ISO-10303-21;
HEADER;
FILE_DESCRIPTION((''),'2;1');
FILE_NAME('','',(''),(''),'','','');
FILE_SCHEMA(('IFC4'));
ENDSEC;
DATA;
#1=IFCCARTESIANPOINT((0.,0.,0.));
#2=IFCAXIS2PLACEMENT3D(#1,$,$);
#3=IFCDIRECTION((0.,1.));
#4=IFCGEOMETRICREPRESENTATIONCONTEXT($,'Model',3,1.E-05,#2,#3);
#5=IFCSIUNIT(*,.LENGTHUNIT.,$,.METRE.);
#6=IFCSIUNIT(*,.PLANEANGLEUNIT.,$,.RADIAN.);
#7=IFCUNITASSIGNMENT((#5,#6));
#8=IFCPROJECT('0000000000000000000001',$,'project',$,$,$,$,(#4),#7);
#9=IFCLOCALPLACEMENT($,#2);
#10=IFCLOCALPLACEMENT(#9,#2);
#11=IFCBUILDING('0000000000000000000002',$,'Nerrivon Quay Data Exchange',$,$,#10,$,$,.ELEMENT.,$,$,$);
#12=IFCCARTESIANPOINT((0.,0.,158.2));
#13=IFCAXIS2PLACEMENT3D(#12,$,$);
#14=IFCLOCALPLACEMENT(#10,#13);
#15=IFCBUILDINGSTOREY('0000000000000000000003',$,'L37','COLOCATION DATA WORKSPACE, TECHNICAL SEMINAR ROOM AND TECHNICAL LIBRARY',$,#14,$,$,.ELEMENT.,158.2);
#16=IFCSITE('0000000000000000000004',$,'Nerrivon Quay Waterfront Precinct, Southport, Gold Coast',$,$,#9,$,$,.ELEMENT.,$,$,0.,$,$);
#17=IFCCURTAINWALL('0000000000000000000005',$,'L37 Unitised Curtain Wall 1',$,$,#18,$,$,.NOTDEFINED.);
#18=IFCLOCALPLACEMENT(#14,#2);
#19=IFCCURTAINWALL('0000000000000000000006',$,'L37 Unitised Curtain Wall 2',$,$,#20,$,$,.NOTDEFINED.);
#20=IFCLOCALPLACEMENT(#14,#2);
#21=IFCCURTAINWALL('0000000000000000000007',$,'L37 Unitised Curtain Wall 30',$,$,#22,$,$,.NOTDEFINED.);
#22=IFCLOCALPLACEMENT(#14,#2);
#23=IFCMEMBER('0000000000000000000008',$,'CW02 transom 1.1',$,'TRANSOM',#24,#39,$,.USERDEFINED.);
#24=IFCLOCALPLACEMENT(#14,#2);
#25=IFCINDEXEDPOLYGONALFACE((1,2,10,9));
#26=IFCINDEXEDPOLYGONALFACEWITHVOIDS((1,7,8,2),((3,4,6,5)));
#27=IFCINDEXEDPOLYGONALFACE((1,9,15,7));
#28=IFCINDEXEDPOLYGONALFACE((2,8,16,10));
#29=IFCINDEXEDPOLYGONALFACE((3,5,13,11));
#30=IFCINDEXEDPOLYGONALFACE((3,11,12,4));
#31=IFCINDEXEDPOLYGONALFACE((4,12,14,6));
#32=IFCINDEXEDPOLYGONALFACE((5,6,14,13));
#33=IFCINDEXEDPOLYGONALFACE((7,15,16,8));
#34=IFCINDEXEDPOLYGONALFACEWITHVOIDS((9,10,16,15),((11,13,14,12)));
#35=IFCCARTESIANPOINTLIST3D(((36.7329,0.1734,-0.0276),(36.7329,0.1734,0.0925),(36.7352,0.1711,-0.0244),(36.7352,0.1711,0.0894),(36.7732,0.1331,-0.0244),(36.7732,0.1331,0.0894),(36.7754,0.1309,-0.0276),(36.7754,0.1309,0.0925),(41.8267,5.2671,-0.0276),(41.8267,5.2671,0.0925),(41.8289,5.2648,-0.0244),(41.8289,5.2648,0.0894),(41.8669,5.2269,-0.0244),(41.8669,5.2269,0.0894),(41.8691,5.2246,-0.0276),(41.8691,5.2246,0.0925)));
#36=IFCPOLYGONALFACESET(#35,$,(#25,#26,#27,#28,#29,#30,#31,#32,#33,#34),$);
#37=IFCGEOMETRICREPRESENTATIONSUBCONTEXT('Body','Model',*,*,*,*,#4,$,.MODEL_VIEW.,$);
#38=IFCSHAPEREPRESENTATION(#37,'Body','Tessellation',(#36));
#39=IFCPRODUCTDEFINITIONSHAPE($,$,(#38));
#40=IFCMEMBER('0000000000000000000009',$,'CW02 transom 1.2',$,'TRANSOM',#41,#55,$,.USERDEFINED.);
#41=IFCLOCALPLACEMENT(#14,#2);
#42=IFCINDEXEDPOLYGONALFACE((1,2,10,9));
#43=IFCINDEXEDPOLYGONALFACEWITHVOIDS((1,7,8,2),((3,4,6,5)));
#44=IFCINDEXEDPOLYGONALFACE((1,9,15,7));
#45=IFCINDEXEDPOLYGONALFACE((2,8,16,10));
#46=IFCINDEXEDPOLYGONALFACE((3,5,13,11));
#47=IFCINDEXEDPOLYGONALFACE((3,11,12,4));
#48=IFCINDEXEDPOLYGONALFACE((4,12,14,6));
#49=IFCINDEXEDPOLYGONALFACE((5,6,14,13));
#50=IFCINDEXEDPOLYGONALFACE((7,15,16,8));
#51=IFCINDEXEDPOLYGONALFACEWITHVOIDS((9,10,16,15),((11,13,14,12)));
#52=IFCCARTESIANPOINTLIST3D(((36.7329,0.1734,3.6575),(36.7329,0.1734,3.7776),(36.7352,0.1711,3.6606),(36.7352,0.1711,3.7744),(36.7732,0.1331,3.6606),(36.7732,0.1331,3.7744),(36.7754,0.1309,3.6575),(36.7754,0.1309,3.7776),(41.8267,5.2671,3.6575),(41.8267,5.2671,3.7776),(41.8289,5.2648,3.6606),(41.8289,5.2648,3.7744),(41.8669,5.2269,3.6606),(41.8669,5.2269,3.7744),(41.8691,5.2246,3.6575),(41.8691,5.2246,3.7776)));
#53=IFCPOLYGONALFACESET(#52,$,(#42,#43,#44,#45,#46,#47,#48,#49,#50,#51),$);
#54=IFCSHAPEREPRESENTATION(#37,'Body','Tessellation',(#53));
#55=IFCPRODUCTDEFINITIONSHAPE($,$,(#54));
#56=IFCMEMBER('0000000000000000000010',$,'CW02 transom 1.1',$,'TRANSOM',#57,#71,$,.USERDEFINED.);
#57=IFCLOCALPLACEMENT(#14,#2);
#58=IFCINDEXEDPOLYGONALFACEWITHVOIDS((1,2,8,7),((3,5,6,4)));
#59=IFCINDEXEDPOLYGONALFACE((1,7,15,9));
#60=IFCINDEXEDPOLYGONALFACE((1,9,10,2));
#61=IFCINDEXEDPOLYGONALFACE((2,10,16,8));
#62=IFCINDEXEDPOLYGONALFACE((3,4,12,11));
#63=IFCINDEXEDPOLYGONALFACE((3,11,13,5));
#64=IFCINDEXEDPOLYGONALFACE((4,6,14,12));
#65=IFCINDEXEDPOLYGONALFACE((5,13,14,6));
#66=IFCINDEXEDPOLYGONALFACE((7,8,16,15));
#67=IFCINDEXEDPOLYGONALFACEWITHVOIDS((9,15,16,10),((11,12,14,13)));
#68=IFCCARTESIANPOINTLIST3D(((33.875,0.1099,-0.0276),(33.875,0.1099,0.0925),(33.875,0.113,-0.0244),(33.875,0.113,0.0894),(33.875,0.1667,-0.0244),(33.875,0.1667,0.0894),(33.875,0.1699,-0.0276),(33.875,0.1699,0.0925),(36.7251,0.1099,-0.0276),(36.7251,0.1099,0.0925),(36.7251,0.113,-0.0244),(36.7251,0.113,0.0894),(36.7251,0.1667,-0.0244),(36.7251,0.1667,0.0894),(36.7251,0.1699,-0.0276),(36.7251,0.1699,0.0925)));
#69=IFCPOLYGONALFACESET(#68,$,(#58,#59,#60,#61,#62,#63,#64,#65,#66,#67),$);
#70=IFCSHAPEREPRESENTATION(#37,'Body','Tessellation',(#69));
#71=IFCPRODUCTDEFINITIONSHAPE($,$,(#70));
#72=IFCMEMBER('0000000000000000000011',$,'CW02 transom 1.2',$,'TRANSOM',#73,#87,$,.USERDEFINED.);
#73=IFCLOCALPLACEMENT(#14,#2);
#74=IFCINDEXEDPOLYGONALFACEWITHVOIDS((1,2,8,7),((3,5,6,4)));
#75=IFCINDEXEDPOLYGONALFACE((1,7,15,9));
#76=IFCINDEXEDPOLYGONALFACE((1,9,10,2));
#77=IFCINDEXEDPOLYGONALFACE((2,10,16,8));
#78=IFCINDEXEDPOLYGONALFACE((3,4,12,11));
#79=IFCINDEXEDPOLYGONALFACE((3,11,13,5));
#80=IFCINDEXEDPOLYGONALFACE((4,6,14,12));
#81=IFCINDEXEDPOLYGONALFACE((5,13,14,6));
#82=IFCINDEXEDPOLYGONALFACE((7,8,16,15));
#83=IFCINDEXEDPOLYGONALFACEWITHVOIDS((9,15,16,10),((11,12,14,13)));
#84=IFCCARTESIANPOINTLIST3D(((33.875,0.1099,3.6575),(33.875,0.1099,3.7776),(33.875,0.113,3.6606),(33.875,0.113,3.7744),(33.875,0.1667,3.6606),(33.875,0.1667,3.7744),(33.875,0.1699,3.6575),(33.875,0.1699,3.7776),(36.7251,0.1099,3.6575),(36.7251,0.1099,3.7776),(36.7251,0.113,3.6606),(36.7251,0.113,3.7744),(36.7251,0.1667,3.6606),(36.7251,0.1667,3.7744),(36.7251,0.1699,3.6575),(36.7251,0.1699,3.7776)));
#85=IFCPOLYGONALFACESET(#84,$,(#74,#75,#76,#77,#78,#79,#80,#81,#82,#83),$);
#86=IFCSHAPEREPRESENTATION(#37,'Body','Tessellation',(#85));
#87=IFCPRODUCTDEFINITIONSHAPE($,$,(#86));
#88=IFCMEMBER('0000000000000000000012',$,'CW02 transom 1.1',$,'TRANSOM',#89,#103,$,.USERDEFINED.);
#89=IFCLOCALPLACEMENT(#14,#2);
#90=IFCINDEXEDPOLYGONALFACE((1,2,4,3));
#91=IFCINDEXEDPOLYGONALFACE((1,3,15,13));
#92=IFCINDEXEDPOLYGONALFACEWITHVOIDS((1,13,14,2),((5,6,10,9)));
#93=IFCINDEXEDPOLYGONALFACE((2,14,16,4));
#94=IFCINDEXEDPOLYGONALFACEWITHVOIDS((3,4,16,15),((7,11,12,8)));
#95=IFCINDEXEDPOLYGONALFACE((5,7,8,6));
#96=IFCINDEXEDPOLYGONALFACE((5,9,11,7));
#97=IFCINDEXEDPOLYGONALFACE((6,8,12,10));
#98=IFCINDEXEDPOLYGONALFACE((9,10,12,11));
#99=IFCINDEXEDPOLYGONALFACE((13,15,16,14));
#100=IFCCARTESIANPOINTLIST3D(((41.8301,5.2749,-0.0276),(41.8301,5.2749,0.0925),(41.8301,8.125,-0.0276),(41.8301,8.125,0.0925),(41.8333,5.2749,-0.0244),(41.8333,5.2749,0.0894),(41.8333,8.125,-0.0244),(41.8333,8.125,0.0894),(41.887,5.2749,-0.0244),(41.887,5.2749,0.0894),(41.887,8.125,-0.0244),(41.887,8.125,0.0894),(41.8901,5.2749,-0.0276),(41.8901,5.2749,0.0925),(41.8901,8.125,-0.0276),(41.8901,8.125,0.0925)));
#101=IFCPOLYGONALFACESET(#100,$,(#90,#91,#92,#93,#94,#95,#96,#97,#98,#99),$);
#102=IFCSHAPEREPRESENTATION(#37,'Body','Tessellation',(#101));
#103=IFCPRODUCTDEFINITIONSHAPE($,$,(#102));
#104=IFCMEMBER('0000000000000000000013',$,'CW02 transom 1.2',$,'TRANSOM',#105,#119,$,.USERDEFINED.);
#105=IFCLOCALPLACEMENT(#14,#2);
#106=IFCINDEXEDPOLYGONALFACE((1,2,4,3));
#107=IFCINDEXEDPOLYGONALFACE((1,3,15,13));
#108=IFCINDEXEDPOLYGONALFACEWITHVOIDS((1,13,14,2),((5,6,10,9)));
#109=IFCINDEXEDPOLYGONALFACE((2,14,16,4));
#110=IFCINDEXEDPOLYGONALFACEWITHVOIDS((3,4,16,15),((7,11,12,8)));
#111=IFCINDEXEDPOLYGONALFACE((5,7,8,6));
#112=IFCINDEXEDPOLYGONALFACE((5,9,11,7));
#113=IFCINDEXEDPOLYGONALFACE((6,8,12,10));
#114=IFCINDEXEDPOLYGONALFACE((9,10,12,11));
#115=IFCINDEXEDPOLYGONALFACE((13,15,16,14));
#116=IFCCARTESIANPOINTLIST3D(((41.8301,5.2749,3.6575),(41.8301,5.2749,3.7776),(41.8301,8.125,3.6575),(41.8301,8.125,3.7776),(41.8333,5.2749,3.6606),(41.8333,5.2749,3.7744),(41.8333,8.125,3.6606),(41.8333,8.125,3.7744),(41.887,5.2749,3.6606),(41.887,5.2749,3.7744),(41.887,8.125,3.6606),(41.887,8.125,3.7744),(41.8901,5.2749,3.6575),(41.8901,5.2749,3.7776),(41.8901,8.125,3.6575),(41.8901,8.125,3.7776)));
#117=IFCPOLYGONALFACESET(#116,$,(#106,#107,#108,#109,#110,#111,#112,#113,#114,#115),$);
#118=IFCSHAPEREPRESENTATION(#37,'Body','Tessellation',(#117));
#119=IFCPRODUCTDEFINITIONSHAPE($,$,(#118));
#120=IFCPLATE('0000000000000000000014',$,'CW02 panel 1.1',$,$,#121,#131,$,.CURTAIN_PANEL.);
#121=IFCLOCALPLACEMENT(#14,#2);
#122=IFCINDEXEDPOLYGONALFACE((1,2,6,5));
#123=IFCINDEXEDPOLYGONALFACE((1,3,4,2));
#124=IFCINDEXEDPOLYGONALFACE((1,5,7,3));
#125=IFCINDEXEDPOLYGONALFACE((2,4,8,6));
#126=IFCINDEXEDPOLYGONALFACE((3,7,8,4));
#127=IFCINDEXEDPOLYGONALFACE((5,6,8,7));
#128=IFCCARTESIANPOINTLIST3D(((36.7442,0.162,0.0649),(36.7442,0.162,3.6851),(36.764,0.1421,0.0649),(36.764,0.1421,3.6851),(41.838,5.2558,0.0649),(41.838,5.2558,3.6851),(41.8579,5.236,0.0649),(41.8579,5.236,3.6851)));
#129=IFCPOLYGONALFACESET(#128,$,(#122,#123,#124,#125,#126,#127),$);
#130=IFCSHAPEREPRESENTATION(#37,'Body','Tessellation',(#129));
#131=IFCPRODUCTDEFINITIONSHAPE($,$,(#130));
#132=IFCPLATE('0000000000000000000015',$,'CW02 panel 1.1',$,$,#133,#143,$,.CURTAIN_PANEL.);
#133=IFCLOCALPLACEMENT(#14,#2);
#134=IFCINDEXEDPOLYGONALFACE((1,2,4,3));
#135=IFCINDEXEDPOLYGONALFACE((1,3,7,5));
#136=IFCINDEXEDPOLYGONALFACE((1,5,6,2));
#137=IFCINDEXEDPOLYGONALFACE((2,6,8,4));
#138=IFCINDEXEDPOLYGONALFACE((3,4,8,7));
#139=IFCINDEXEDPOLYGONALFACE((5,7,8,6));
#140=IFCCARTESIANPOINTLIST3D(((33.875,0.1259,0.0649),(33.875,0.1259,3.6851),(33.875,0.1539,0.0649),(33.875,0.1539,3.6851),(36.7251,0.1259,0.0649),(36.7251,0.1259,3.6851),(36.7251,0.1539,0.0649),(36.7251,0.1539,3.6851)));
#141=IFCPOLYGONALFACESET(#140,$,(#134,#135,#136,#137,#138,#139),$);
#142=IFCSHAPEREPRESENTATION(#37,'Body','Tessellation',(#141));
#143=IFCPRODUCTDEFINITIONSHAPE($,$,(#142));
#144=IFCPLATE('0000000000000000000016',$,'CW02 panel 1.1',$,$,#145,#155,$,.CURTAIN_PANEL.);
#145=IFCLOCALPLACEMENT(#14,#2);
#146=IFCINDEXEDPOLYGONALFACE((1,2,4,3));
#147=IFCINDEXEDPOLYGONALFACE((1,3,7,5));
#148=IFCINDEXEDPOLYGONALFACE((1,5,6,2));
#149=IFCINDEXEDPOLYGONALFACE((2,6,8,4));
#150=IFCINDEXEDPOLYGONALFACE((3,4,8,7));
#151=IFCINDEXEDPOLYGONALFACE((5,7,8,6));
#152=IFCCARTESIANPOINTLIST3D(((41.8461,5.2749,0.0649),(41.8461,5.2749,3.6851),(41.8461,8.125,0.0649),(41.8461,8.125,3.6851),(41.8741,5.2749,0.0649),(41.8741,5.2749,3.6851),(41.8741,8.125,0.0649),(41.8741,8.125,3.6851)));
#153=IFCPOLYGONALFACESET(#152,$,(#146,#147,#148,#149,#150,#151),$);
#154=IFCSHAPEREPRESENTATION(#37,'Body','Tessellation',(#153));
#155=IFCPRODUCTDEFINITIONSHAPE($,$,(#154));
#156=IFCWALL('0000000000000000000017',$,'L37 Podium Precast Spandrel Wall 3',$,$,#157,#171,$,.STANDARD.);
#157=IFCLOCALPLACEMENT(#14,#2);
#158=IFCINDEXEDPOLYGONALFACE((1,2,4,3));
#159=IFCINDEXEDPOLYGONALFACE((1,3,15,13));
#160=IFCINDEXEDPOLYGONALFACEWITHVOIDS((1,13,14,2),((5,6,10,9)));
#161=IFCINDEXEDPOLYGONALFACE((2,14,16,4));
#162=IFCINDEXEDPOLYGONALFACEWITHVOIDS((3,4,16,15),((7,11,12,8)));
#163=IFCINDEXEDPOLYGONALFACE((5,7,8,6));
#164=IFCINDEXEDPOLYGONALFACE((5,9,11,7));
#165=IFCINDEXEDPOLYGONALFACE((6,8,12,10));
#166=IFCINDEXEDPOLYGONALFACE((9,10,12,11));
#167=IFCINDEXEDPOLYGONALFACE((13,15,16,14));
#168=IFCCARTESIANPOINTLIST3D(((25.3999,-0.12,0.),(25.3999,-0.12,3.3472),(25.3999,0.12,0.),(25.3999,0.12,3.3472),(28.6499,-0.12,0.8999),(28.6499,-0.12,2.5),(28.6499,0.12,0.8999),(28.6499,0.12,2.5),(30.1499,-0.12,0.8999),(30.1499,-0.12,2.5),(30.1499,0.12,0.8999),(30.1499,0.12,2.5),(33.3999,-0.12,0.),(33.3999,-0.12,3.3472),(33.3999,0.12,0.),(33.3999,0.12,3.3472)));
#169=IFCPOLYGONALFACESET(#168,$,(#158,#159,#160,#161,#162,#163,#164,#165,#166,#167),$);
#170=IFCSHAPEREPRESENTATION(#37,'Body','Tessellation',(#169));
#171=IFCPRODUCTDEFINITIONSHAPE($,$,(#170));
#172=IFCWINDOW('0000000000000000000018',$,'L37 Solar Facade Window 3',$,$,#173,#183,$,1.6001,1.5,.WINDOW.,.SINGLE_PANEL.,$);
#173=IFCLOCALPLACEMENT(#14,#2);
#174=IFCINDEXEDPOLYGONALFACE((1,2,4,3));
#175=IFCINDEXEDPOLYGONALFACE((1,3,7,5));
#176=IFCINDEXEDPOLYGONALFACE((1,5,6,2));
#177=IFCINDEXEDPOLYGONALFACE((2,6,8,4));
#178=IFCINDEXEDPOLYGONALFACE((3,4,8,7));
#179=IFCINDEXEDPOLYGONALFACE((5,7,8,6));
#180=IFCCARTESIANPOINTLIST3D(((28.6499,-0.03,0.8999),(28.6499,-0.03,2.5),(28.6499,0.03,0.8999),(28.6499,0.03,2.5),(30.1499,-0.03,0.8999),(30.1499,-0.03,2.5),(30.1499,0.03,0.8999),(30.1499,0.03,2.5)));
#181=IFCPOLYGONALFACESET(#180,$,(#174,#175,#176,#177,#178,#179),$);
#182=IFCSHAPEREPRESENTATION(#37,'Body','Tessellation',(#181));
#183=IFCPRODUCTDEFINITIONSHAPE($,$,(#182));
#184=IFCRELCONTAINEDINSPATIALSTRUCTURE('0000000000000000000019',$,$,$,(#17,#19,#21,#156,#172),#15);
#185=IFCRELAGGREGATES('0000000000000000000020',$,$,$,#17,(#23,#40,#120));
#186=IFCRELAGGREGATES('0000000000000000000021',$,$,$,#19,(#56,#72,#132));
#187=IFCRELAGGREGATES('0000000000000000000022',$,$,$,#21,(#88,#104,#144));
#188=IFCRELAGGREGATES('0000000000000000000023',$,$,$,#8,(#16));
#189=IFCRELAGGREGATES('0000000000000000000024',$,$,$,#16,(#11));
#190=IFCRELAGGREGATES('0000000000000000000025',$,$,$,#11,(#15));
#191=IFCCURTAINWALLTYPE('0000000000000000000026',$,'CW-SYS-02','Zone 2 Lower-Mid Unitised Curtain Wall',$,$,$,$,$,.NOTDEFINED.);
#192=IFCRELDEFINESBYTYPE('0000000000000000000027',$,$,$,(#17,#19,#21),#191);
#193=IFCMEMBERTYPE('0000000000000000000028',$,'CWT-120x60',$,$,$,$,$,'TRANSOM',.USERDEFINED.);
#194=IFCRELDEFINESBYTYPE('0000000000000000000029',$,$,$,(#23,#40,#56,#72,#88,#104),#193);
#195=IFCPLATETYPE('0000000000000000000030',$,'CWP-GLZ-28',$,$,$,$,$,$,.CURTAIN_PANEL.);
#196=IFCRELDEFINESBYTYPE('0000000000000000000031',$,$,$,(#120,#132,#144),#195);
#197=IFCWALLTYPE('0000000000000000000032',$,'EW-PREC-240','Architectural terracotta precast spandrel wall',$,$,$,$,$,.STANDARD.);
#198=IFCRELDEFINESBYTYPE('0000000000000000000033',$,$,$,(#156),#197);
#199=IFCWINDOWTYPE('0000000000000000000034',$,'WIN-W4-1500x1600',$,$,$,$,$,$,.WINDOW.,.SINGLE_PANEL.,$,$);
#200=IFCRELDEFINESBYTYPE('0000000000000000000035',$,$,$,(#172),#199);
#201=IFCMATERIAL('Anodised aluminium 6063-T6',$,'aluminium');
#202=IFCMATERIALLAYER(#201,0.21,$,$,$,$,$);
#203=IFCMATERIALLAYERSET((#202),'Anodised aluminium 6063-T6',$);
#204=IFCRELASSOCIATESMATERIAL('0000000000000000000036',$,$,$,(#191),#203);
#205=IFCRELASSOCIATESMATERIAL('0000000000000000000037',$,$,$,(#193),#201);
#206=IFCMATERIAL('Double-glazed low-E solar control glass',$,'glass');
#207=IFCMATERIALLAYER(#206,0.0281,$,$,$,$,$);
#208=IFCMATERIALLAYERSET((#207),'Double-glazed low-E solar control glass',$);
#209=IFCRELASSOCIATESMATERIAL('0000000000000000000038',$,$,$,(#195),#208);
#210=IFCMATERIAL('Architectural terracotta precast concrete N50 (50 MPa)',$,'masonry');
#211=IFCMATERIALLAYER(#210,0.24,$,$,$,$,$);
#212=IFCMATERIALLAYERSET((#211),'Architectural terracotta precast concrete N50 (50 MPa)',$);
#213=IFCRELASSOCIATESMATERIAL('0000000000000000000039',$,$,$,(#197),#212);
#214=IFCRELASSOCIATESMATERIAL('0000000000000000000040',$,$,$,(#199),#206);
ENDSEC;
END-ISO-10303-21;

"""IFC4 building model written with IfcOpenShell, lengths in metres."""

from ifc_helpers import new_model, si_unit, direction, frame, frame_2d, origin, origin_2d, place, context, subcontext, project, spatial, rectangle, hollow_rectangle, extrude, material, layer, layer_set, material_profile, profile_set, type_object, element, fill, aggregate, save


model = new_model("IFC4")

# Units and contexts
model_context = context("Model", 3, precision=1e-05, world=origin(), true_north=direction((0.0, 1.0)))
body_context = subcontext(model_context, "Body", "Model", "MODEL_VIEW")
ifc_project = project(units=[si_unit("LENGTHUNIT", "METRE"), si_unit("PLANEANGLEUNIT", "RADIAN")], contexts=[model_context])

# Site, building, storey
site_placement = place(None, origin())
site = spatial("IfcSite", under=ifc_project, at=site_placement, Name="Nerrivon Quay Waterfront Precinct, Southport, Gold Coast", CompositionType="ELEMENT", RefElevation=0.0)
building_placement = place(site_placement, origin())
building = spatial("IfcBuilding", under=site, at=building_placement, Name="Nerrivon Quay Data Exchange", CompositionType="ELEMENT")
storey_placement = place(building_placement, frame((0.0, 0.0, 158.2)))
storey = spatial("IfcBuildingStorey", under=building, at=storey_placement, Name="L37", Description="COLOCATION DATA WORKSPACE, TECHNICAL SEMINAR ROOM AND TECHNICAL LIBRARY", CompositionType="ELEMENT", Elevation=158.2)

# Curtain walls
ifc_material_1 = material(Name="Anodised aluminium 6063-T6", Category="aluminium")
ifc_layer_1 = layer(ifc_material_1, 0.21)
ifc_layer_set_1 = layer_set([ifc_layer_1], Name="Anodised aluminium 6063-T6")
curtain_wall_type = type_object("IfcCurtainWallType", Name="CW-SYS-02", Description="Zone 2 Lower-Mid Unitised Curtain Wall", PredefinedType="NOTDEFINED", material=ifc_layer_set_1)
curtain_wall_1_placement = place(storey_placement, origin())
curtain_wall_1 = element("IfcCurtainWall", 1, at=curtain_wall_1_placement, inside=storey, type_object=curtain_wall_type, Name="L37 Unitised Curtain Wall 1", PredefinedType="NOTDEFINED")
curtain_wall_2_placement = place(storey_placement, origin())
curtain_wall_2 = element("IfcCurtainWall", 2, at=curtain_wall_2_placement, inside=storey, type_object=curtain_wall_type, Name="L37 Unitised Curtain Wall 2", PredefinedType="NOTDEFINED")
curtain_wall_3_placement = place(storey_placement, origin())
curtain_wall_3 = element("IfcCurtainWall", 3, at=curtain_wall_3_placement, inside=storey, type_object=curtain_wall_type, Name="L37 Unitised Curtain Wall 30", PredefinedType="NOTDEFINED")

# Members
ifc_material_profile_1 = material_profile(ifc_material_1, hollow_rectangle(XDim=0.0601, YDim=0.1201, WallThickness=0.0032, at=origin_2d()), Name="ALU-TRAN-120x60")
ifc_profile_set_1 = profile_set([ifc_material_profile_1], Name="Anodised aluminium 6063-T6")
member_type_1 = type_object("IfcMemberType", Name="CWT-120x60", ElementType="TRANSOM", PredefinedType="USERDEFINED", material=ifc_profile_set_1)
member_1_placement = place(storey_placement, frame((41.8479, 5.2458, 0.0325), z_axis=(-0.707107, -0.707107, 0.0), x_axis=(0.707107, -0.707107, 0.0)))
member_1 = element("IfcMember", 4, at=member_1_placement, type_object=member_type_1, Name="CW02 transom 1.1", ObjectType="TRANSOM", PredefinedType="USERDEFINED", context=body_context, shape_type="SweptSolid", body=[
    extrude(hollow_rectangle(XDim=0.0601, YDim=0.1201, WallThickness=0.0032, at=origin_2d()), origin(), (0.0, 0.0, 1.0), 7.2036),
])
member_2_placement = place(storey_placement, frame((41.8479, 5.2458, 3.7175), z_axis=(-0.707107, -0.707107, 0.0), x_axis=(0.707107, -0.707107, 0.0)))
member_2 = element("IfcMember", 5, at=member_2_placement, type_object=member_type_1, Name="CW02 transom 1.2", ObjectType="TRANSOM", PredefinedType="USERDEFINED", context=body_context, shape_type="SweptSolid", body=[
    extrude(hollow_rectangle(XDim=0.0601, YDim=0.1201, WallThickness=0.0032, at=origin_2d()), origin(), (0.0, 0.0, 1.0), 7.2036),
])
member_3_placement = place(storey_placement, frame((36.7251, 0.1399, 0.0325), z_axis=(-1.0, 0.0, 0.0), x_axis=(0.0, -1.0, 0.0)))
member_3 = element("IfcMember", 6, at=member_3_placement, type_object=member_type_1, Name="CW02 transom 1.1", ObjectType="TRANSOM", PredefinedType="USERDEFINED", context=body_context, shape_type="SweptSolid", body=[
    extrude(hollow_rectangle(XDim=0.0601, YDim=0.1201, WallThickness=0.0032, at=origin_2d()), origin(), (0.0, 0.0, 1.0), 2.8501),
])
member_4_placement = place(storey_placement, frame((36.7251, 0.1399, 3.7175), z_axis=(-1.0, 0.0, 0.0), x_axis=(0.0, -1.0, 0.0)))
member_4 = element("IfcMember", 7, at=member_4_placement, type_object=member_type_1, Name="CW02 transom 1.2", ObjectType="TRANSOM", PredefinedType="USERDEFINED", context=body_context, shape_type="SweptSolid", body=[
    extrude(hollow_rectangle(XDim=0.0601, YDim=0.1201, WallThickness=0.0032, at=origin_2d()), origin(), (0.0, 0.0, 1.0), 2.8501),
])
member_5_placement = place(storey_placement, frame((41.8601, 8.125, 0.0325), z_axis=(0.0, -1.0, 0.0), x_axis=(1.0, 0.0, 0.0)))
member_5 = element("IfcMember", 8, at=member_5_placement, type_object=member_type_1, Name="CW02 transom 1.1", ObjectType="TRANSOM", PredefinedType="USERDEFINED", context=body_context, shape_type="SweptSolid", body=[
    extrude(hollow_rectangle(XDim=0.0601, YDim=0.1201, WallThickness=0.0032, at=origin_2d()), origin(), (0.0, 0.0, 1.0), 2.8501),
])
member_6_placement = place(storey_placement, frame((41.8601, 8.125, 3.7175), z_axis=(0.0, -1.0, 0.0), x_axis=(1.0, 0.0, 0.0)))
member_6 = element("IfcMember", 9, at=member_6_placement, type_object=member_type_1, Name="CW02 transom 1.2", ObjectType="TRANSOM", PredefinedType="USERDEFINED", context=body_context, shape_type="SweptSolid", body=[
    extrude(hollow_rectangle(XDim=0.0601, YDim=0.1201, WallThickness=0.0032, at=origin_2d()), origin(), (0.0, 0.0, 1.0), 2.8501),
])

# Plates
ifc_material_2 = material(Name="Double-glazed low-E solar control glass", Category="glass")
ifc_layer_2 = layer(ifc_material_2, 0.0281)
ifc_layer_set_2 = layer_set([ifc_layer_2], Name="Double-glazed low-E solar control glass")
plate_type = type_object("IfcPlateType", Name="CWP-GLZ-28", PredefinedType="CURTAIN_PANEL", material=ifc_layer_set_2)
plate_1_placement = place(storey_placement, frame((39.301, 2.699, 0.0649), z_axis=(0.0, 0.0, 1.0), x_axis=(-0.707107, -0.707107, 0.0)))
plate_1 = element("IfcPlate", 10, at=plate_1_placement, type_object=plate_type, Name="CW02 panel 1.1", PredefinedType="CURTAIN_PANEL", context=body_context, shape_type="SweptSolid", body=[
    extrude(rectangle(XDim=7.2039, YDim=0.0281, at=origin_2d()), origin(), (0.0, 0.0, 1.0), 3.6201),
])
aggregate(curtain_wall_1, [member_1, member_2, plate_1])
plate_2_placement = place(storey_placement, frame((35.3, 0.1399, 0.0649), z_axis=(0.0, 0.0, 1.0), x_axis=(-1.0, 0.0, 0.0)))
plate_2 = element("IfcPlate", 11, at=plate_2_placement, type_object=plate_type, Name="CW02 panel 1.1", PredefinedType="CURTAIN_PANEL", context=body_context, shape_type="SweptSolid", body=[
    extrude(rectangle(XDim=2.8501, YDim=0.0281, at=origin_2d()), origin(), (0.0, 0.0, 1.0), 3.6201),
])
aggregate(curtain_wall_2, [member_3, member_4, plate_2])
plate_3_placement = place(storey_placement, frame((41.8601, 6.7, 0.0649), z_axis=(0.0, 0.0, 1.0), x_axis=(0.0, -1.0, 0.0)))
plate_3 = element("IfcPlate", 12, at=plate_3_placement, type_object=plate_type, Name="CW02 panel 1.1", PredefinedType="CURTAIN_PANEL", context=body_context, shape_type="SweptSolid", body=[
    extrude(rectangle(XDim=2.8501, YDim=0.0281, at=origin_2d()), origin(), (0.0, 0.0, 1.0), 3.6201),
])
aggregate(curtain_wall_3, [member_5, member_6, plate_3])

# Wall, opening, window
ifc_material_3 = material(Name="Architectural terracotta precast concrete N50 (50 MPa)", Category="masonry")
ifc_layer_3 = layer(ifc_material_3, 0.24)
ifc_layer_set_3 = layer_set([ifc_layer_3], Name="Architectural terracotta precast concrete N50 (50 MPa)")
wall_type_1 = type_object("IfcWallType", Name="EW-PREC-240", Description="Architectural terracotta precast spandrel wall", PredefinedType="STANDARD", material=ifc_layer_set_3)
wall_1_placement = place(storey_placement, frame((33.3999, 0.0, 0.0), z_axis=(0.0, 0.0, 1.0), x_axis=(-1.0, 0.0, 0.0)))
wall_1 = element("IfcWall", 13, at=wall_1_placement, inside=storey, type_object=wall_type_1, Name="L37 Podium Precast Spandrel Wall 3", PredefinedType="STANDARD", context=body_context, shape_type="SweptSolid", body=[
    extrude(rectangle(XDim=8.0, YDim=0.24, at=frame_2d((4.0, 0.0))), origin(), (0.0, 0.0, 1.0), 3.3472),
])
opening_1_placement = place(wall_1_placement, frame((3.25, 0.0, 0.8999)))
opening_1 = element("IfcOpeningElement", 14, at=opening_1_placement, cuts=wall_1, PredefinedType="OPENING", context=body_context, shape_type="SweptSolid", body=[
    extrude(rectangle(XDim=1.5, YDim=1.6001, at=frame_2d((0.75, 0.8))), frame((0.0, 0.1299, 0.0), z_axis=(0.0, -1.0, 0.0), x_axis=(1.0, 0.0, 0.0)), (0.0, 0.0, 1.0), 0.26),
])
window_type = type_object("IfcWindowType", Name="WIN-W4-1500x1600", PartitioningType="SINGLE_PANEL", PredefinedType="WINDOW", material=ifc_material_2)
window_placement = place(opening_1_placement, origin())
window = element("IfcWindow", 15, at=window_placement, inside=storey, type_object=window_type, Name="L37 Solar Facade Window 3", OverallHeight=1.6001, OverallWidth=1.5, PartitioningType="SINGLE_PANEL", PredefinedType="WINDOW", context=body_context, shape_type="SweptSolid", body=[
    extrude(rectangle(XDim=1.5, YDim=1.6001, at=frame_2d((0.75, 0.8))), frame((0.0, 0.03, 0.0), z_axis=(0.0, -1.0, 0.0), x_axis=(1.0, 0.0, 0.0)), (0.0, 0.0, 1.0), 0.0601),
])
fill(opening_1, window)

save(model, "model.ifc")
